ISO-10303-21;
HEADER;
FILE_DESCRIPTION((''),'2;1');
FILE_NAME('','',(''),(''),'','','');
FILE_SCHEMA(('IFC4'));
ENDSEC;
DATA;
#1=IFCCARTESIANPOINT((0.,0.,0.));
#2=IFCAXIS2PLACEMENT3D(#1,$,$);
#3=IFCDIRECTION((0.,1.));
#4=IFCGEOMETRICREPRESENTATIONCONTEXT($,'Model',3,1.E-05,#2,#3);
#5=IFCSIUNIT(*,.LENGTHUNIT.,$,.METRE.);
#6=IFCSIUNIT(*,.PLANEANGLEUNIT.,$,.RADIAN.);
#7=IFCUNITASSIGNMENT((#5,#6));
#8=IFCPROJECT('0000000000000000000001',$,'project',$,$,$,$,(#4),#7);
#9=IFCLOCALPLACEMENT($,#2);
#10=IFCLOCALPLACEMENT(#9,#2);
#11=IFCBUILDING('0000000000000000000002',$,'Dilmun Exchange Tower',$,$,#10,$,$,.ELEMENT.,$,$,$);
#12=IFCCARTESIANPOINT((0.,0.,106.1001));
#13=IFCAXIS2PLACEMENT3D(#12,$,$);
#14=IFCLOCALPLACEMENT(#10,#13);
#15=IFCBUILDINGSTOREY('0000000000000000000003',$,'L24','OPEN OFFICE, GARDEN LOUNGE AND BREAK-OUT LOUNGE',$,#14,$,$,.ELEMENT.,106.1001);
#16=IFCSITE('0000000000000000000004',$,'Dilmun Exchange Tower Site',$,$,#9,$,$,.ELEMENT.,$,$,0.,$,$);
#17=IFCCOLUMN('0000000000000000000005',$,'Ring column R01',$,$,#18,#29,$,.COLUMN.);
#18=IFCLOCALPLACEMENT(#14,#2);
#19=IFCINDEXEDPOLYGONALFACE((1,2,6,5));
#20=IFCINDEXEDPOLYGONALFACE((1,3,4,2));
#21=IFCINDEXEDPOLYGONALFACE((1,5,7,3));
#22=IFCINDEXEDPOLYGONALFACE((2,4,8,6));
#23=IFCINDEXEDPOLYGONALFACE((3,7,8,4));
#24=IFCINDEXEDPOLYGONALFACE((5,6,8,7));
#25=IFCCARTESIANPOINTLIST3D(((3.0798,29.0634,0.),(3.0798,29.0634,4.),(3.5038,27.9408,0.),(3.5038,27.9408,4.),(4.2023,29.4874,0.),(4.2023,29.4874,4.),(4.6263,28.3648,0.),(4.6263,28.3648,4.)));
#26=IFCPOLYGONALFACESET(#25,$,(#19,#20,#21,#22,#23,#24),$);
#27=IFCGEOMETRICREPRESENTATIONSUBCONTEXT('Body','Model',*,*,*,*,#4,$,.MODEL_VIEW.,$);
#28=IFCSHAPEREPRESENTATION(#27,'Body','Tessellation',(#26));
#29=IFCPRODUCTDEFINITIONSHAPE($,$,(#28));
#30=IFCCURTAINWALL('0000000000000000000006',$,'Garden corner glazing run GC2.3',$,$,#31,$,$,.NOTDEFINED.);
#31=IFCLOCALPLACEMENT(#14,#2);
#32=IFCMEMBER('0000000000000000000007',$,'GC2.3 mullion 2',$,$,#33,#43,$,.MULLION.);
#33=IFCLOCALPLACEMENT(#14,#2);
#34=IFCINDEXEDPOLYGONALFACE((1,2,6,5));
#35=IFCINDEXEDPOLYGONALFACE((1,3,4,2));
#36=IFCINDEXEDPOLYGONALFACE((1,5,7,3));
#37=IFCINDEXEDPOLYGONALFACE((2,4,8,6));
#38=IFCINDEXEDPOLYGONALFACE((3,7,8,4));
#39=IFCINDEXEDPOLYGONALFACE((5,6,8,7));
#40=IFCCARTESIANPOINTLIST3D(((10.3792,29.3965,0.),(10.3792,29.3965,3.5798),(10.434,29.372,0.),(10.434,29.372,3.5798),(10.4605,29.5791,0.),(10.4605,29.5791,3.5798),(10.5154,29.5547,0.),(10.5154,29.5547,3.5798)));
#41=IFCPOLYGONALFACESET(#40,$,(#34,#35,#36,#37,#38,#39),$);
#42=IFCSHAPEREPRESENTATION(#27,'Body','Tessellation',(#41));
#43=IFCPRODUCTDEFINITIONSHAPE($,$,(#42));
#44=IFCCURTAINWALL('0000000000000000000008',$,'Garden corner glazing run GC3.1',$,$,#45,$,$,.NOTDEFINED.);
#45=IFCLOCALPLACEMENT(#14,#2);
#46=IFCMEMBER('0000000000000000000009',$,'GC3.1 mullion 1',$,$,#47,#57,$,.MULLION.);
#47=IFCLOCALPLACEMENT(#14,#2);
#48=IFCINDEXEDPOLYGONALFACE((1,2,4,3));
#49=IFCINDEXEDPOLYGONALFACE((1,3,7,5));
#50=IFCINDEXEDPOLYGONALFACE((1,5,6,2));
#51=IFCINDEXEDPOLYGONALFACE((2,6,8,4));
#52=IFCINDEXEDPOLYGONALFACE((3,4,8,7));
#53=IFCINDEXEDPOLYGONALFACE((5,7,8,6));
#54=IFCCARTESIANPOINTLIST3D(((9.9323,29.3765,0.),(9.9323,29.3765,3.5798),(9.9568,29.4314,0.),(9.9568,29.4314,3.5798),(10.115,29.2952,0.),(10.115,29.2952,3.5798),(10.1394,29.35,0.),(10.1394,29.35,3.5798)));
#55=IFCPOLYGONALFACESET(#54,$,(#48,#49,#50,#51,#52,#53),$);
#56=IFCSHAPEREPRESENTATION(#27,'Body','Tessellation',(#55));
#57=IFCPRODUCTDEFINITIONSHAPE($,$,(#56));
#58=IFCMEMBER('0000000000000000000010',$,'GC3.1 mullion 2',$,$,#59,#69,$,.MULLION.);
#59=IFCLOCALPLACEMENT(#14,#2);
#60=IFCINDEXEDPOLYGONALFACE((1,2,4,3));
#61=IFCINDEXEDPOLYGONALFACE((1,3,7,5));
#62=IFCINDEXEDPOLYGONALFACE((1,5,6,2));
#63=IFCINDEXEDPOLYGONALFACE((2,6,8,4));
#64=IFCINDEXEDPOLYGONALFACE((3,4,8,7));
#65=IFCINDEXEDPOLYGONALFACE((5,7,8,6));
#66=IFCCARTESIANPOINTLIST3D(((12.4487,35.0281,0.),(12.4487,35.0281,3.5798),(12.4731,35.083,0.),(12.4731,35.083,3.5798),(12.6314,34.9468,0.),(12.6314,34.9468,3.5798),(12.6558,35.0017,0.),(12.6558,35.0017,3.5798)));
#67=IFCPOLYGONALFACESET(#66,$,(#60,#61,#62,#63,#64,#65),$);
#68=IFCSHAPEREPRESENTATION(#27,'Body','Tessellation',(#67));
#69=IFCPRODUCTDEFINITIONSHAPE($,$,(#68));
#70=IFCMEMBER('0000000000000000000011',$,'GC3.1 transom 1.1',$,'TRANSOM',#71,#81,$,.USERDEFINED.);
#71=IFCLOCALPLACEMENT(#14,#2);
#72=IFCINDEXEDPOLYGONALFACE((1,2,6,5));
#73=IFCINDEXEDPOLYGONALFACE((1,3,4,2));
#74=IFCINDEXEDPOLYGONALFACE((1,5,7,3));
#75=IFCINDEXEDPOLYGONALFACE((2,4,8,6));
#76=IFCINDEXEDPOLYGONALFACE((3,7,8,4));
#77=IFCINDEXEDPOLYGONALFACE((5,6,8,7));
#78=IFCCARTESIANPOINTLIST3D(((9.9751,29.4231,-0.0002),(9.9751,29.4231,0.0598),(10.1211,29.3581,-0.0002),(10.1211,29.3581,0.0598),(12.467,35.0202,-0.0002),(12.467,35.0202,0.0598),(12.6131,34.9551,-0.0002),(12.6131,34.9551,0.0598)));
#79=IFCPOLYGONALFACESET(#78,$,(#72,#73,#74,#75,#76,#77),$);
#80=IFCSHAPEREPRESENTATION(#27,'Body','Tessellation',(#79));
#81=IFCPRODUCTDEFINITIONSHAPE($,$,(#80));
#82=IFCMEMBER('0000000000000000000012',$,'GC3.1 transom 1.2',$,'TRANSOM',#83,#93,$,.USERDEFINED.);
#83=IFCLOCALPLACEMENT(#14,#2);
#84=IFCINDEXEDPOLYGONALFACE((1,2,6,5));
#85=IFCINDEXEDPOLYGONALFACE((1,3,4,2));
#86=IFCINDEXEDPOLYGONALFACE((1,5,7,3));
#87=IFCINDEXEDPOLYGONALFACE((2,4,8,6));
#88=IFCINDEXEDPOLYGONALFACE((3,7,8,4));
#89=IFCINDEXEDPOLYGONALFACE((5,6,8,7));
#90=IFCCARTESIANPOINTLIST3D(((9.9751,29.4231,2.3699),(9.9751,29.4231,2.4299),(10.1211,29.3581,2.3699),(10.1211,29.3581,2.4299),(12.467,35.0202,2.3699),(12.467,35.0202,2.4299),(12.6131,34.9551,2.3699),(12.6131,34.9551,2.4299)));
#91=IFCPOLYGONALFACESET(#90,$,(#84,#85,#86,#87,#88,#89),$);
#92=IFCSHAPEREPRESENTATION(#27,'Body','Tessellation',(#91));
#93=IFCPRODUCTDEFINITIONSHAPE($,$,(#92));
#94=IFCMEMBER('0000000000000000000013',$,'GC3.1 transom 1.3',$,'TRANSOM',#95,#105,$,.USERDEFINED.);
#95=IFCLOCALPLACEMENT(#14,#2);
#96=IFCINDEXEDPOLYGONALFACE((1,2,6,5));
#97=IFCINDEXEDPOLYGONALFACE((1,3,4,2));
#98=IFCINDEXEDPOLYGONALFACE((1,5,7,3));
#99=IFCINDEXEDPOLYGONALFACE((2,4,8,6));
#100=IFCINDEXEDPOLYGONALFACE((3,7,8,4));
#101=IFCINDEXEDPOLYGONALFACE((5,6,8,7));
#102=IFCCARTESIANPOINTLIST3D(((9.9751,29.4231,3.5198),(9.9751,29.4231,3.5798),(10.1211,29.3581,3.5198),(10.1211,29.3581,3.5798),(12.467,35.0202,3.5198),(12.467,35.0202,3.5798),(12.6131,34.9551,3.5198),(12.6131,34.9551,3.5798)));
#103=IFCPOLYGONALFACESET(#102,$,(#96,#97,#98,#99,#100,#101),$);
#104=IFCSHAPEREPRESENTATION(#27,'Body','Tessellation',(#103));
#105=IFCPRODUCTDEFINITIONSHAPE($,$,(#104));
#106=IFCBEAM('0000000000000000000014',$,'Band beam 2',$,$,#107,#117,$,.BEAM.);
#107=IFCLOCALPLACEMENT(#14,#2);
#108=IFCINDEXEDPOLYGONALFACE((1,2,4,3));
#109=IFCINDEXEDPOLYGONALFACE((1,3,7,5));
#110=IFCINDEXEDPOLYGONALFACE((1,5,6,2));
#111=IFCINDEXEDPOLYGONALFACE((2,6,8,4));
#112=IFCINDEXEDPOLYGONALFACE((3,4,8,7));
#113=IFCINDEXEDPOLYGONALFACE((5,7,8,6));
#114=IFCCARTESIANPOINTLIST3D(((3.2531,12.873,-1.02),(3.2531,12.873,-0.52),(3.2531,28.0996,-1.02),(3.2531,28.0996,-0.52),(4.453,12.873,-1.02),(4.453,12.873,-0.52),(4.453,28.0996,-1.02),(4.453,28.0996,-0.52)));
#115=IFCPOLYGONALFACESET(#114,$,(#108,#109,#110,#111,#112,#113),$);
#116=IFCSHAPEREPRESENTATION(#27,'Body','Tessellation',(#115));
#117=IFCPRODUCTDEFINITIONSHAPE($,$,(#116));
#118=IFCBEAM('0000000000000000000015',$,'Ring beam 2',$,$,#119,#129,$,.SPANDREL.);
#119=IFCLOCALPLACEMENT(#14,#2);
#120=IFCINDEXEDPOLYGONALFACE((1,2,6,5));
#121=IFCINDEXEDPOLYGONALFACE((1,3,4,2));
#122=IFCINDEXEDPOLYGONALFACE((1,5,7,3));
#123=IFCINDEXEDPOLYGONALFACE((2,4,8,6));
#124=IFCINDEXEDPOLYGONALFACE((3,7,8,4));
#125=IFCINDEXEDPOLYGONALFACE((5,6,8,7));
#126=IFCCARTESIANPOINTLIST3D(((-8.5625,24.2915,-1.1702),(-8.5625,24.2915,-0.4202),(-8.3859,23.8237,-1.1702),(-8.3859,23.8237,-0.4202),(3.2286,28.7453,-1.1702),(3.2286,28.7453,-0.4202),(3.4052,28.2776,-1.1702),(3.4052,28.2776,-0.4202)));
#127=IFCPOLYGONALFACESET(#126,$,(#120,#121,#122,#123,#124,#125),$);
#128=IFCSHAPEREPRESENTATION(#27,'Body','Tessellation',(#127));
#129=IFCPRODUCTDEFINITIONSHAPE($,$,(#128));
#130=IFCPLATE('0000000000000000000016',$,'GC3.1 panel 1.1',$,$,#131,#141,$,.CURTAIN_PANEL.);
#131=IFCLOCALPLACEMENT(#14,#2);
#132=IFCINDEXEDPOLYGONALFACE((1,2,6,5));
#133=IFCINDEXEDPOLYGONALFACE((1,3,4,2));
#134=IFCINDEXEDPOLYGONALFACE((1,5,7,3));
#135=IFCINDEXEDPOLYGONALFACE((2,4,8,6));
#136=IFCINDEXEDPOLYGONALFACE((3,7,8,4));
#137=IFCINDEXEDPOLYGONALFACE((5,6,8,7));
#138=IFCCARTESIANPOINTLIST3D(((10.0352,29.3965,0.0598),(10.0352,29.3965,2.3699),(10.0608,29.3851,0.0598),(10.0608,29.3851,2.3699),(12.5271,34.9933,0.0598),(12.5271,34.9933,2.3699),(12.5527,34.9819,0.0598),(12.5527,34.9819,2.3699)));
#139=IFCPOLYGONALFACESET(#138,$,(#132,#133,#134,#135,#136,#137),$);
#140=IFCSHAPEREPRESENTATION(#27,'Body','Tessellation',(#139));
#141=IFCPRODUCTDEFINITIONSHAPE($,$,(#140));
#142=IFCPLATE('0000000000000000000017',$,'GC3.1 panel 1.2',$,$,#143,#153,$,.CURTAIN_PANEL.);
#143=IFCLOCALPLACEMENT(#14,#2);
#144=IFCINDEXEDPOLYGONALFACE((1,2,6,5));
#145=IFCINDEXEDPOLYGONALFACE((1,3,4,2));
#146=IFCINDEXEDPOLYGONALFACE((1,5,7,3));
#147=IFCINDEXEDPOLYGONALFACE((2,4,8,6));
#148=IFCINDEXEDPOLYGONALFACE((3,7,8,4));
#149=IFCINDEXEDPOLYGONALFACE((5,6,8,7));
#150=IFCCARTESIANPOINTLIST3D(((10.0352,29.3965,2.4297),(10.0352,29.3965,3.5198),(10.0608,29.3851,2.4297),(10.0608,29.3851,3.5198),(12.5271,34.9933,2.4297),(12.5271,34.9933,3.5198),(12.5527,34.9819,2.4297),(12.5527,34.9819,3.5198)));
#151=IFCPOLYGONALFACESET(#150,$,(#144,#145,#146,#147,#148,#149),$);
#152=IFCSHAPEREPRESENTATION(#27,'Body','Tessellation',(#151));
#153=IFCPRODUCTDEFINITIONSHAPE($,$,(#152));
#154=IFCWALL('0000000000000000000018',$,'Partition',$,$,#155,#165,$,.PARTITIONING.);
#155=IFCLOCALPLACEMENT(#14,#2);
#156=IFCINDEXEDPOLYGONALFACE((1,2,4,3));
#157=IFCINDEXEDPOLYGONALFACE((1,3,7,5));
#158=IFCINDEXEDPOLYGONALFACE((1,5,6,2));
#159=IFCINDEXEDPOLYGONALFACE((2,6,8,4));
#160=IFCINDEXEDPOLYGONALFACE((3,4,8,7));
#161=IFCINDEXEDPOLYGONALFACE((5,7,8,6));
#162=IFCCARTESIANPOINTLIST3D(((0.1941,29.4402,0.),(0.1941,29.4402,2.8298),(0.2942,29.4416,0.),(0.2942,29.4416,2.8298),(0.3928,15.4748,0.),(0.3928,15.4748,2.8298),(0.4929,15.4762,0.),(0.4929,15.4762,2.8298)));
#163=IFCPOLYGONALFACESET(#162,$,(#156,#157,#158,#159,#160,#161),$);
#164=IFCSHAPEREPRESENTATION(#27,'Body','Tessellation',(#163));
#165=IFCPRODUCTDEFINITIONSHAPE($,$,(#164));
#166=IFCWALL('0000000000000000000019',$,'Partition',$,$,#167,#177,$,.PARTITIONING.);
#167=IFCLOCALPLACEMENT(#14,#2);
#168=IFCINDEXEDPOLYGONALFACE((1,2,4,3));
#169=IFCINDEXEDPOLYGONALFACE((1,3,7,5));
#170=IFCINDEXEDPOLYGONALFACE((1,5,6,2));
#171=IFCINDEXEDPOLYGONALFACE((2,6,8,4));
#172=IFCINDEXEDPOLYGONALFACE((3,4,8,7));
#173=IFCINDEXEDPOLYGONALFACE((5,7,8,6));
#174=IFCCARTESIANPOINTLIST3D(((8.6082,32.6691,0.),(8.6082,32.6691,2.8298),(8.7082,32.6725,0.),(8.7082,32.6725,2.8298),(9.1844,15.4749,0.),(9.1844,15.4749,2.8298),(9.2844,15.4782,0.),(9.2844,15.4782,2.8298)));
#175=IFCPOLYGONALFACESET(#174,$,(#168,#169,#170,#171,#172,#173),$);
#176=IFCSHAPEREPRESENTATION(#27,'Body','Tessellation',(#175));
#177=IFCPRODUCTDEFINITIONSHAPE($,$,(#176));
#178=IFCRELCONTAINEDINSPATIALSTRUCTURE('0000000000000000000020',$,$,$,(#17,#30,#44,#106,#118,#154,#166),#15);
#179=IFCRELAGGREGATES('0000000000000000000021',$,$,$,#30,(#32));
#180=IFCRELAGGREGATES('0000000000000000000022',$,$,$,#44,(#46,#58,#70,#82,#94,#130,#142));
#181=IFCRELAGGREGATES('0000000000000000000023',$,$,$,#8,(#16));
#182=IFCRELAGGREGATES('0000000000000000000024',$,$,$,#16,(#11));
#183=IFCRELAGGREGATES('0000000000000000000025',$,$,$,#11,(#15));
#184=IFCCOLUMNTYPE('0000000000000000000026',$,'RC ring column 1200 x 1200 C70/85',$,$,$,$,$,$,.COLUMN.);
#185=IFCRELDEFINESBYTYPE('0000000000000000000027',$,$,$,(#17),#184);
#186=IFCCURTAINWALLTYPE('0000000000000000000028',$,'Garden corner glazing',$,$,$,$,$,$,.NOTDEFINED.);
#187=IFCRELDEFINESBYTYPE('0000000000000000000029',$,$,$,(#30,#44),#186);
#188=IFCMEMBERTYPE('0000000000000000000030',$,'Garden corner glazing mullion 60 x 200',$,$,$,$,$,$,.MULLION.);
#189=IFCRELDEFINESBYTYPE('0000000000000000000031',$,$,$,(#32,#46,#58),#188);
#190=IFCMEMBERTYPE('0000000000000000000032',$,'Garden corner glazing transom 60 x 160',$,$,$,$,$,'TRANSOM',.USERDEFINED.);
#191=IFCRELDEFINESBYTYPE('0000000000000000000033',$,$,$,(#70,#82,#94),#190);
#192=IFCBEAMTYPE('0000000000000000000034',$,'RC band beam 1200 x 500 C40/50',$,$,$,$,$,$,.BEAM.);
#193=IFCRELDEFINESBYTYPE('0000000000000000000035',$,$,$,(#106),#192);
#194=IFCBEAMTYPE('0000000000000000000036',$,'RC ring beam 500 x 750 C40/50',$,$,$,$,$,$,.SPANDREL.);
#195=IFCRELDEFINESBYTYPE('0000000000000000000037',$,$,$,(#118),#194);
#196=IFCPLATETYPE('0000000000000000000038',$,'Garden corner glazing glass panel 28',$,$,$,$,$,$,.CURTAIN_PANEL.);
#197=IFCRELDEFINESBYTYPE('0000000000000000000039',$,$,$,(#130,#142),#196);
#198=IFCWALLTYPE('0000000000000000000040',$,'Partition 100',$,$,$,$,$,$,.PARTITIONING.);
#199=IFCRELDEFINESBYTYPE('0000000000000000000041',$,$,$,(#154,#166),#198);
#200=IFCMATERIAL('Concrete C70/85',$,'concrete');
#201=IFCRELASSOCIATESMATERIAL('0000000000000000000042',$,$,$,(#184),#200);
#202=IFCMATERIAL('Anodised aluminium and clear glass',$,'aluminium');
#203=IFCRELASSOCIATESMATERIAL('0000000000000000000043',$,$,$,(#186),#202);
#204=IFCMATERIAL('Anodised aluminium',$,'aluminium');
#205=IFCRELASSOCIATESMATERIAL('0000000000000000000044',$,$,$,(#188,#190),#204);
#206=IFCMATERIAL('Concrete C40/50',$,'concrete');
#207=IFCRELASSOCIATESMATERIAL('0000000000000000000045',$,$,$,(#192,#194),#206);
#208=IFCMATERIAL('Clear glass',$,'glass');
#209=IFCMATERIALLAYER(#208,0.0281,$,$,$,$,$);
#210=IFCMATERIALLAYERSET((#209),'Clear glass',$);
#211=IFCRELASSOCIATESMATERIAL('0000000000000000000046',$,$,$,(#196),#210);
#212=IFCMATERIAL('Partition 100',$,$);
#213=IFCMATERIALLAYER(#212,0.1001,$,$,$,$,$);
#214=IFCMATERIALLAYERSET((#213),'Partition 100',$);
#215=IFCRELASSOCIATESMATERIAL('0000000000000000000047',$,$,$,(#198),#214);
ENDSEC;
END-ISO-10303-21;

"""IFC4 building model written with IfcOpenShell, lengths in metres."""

from ifc_helpers import new_model, si_unit, direction, frame, frame_2d, origin, origin_2d, place, context, subcontext, project, spatial, rectangle, extrude, material, layer, layer_set, material_profile, profile_set, type_object, element, aggregate, save


model = new_model("IFC4")

# Units and contexts
model_context = context("Model", 3, precision=1e-05, world=origin(), true_north=direction((0.0, 1.0)))
body_context = subcontext(model_context, "Body", "Model", "MODEL_VIEW")
ifc_project = project(units=[si_unit("LENGTHUNIT", "METRE"), si_unit("PLANEANGLEUNIT", "RADIAN")], contexts=[model_context])

# Site, building, storey
site_placement = place(None, origin())
site = spatial("IfcSite", under=ifc_project, at=site_placement, Name="Dilmun Exchange Tower Site", CompositionType="ELEMENT", RefElevation=0.0)
building_placement = place(site_placement, origin())
building = spatial("IfcBuilding", under=site, at=building_placement, Name="Dilmun Exchange Tower", CompositionType="ELEMENT")
storey_placement = place(building_placement, frame((0.0, 0.0, 106.1001)))
storey = spatial("IfcBuildingStorey", under=building, at=storey_placement, Name="L24", Description="OPEN OFFICE, GARDEN LOUNGE AND BREAK-OUT LOUNGE", CompositionType="ELEMENT", Elevation=106.1001)

# Column
ifc_material_1 = material(Name="Concrete C70/85", Category="concrete")
ifc_material_profile_1 = material_profile(ifc_material_1, rectangle(XDim=1.2, YDim=1.2, at=origin_2d()), Name="1200 x 1200")
ifc_profile_set_1 = profile_set([ifc_material_profile_1], Name="Concrete C70/85")
column_type = type_object("IfcColumnType", Name="RC ring column 1200 x 1200 C70/85", PredefinedType="COLUMN", material=ifc_profile_set_1)
column_placement = place(storey_placement, frame((3.853, 28.7141, 0.0), z_axis=(0.0, 0.0, 1.0), x_axis=(0.935492, 0.353349, 0.0)))
element("IfcColumn", 1, at=column_placement, inside=storey, type_object=column_type, Name="Ring column R01", PredefinedType="COLUMN", context=body_context, shape_type="SweptSolid", body=[
    extrude(rectangle(XDim=1.2, YDim=1.2, at=origin_2d()), origin(), (0.0, 0.0, 1.0), 4.0),
])

# Curtain wall, member
ifc_material_2 = material(Name="Anodised aluminium and clear glass", Category="aluminium")
curtain_wall_type = type_object("IfcCurtainWallType", Name="Garden corner glazing", PredefinedType="NOTDEFINED", material=ifc_material_2)
curtain_wall_1_placement = place(storey_placement, origin())
curtain_wall_1 = element("IfcCurtainWall", 2, at=curtain_wall_1_placement, inside=storey, type_object=curtain_wall_type, Name="Garden corner glazing run GC2.3", PredefinedType="NOTDEFINED")
ifc_material_3 = material(Name="Anodised aluminium", Category="aluminium")
ifc_material_profile_2 = material_profile(ifc_material_3, rectangle(XDim=0.2, YDim=0.0601, at=origin_2d()), Name="AL 60x200")
ifc_profile_set_2 = profile_set([ifc_material_profile_2], Name="Anodised aluminium")
member_type_1 = type_object("IfcMemberType", Name="Garden corner glazing mullion 60 x 200", PredefinedType="MULLION", material=ifc_profile_set_2)
member_1_placement = place(storey_placement, frame((10.4473, 29.4756, 0.0), z_axis=(0.0, 0.0, 1.0), x_axis=(-0.406735, -0.913546, 0.0)))
member_1 = element("IfcMember", 3, at=member_1_placement, type_object=member_type_1, Name="GC2.3 mullion 2", PredefinedType="MULLION", context=body_context, shape_type="SweptSolid", body=[
    extrude(rectangle(XDim=0.2, YDim=0.0601, at=origin_2d()), origin(), (0.0, 0.0, 1.0), 3.5798),
])
aggregate(curtain_wall_1, [member_1])

# Curtain wall, members
curtain_wall_2_placement = place(storey_placement, origin())
curtain_wall_2 = element("IfcCurtainWall", 4, at=curtain_wall_2_placement, inside=storey, type_object=curtain_wall_type, Name="Garden corner glazing run GC3.1", PredefinedType="NOTDEFINED")
member_2_placement = place(storey_placement, frame((10.0359, 29.3633, 0.0), z_axis=(0.0, 0.0, 1.0), x_axis=(-0.913543, 0.406743, 0.0)))
member_2 = element("IfcMember", 5, at=member_2_placement, type_object=member_type_1, Name="GC3.1 mullion 1", PredefinedType="MULLION", context=body_context, shape_type="SweptSolid", body=[
    extrude(rectangle(XDim=0.2, YDim=0.0601, at=origin_2d()), origin(), (0.0, 0.0, 1.0), 3.5798),
])
member_3_placement = place(storey_placement, frame((12.5522, 35.0149, 0.0), z_axis=(0.0, 0.0, 1.0), x_axis=(-0.913543, 0.406743, 0.0)))
member_3 = element("IfcMember", 6, at=member_3_placement, type_object=member_type_1, Name="GC3.1 mullion 2", PredefinedType="MULLION", context=body_context, shape_type="SweptSolid", body=[
    extrude(rectangle(XDim=0.2, YDim=0.0601, at=origin_2d()), origin(), (0.0, 0.0, 1.0), 3.5798),
])
ifc_material_profile_3 = material_profile(ifc_material_3, rectangle(XDim=0.1599, YDim=0.0601, at=origin_2d()), Name="AL 60x160")
ifc_profile_set_3 = profile_set([ifc_material_profile_3], Name="Anodised aluminium")
member_type_2 = type_object("IfcMemberType", Name="Garden corner glazing transom 60 x 160", ElementType="TRANSOM", PredefinedType="USERDEFINED", material=ifc_profile_set_3)
member_4_placement = place(storey_placement, frame((10.0481, 29.3906, 0.0298), z_axis=(0.406741, 0.913543, 0.0), x_axis=(-0.913543, 0.406741, 0.0)))
member_4 = element("IfcMember", 7, at=member_4_placement, type_object=member_type_2, Name="GC3.1 transom 1.1", ObjectType="TRANSOM", PredefinedType="USERDEFINED", context=body_context, shape_type="SweptSolid", body=[
    extrude(rectangle(XDim=0.1599, YDim=0.0601, at=origin_2d()), origin(), (0.0, 0.0, 1.0), 6.1267),
])
member_5_placement = place(storey_placement, frame((10.0481, 29.3906, 2.3999), z_axis=(0.406741, 0.913543, 0.0), x_axis=(-0.913543, 0.406741, 0.0)))
member_5 = element("IfcMember", 8, at=member_5_placement, type_object=member_type_2, Name="GC3.1 transom 1.2", ObjectType="TRANSOM", PredefinedType="USERDEFINED", context=body_context, shape_type="SweptSolid", body=[
    extrude(rectangle(XDim=0.1599, YDim=0.0601, at=origin_2d()), origin(), (0.0, 0.0, 1.0), 6.1267),
])
member_6_placement = place(storey_placement, frame((10.0481, 29.3906, 3.5498), z_axis=(0.406741, 0.913543, 0.0), x_axis=(-0.913543, 0.406741, 0.0)))
member_6 = element("IfcMember", 9, at=member_6_placement, type_object=member_type_2, Name="GC3.1 transom 1.3", ObjectType="TRANSOM", PredefinedType="USERDEFINED", context=body_context, shape_type="SweptSolid", body=[
    extrude(rectangle(XDim=0.1599, YDim=0.0601, at=origin_2d()), origin(), (0.0, 0.0, 1.0), 6.1267),
])

# Beams
ifc_material_4 = material(Name="Concrete C40/50", Category="concrete")
ifc_material_profile_4 = material_profile(ifc_material_4, rectangle(XDim=1.2, YDim=0.5, at=origin_2d()), Name="1200 x 500")
ifc_profile_set_4 = profile_set([ifc_material_profile_4], Name="Concrete C40/50")
beam_type_1 = type_object("IfcBeamType", Name="RC band beam 1200 x 500 C40/50", PredefinedType="BEAM", material=ifc_profile_set_4)
beam_1_placement = place(storey_placement, frame((3.853, 28.0996, -0.77), z_axis=(0.0, -1.0, 0.0), x_axis=(1.0, 0.0, 0.0)))
element("IfcBeam", 10, at=beam_1_placement, inside=storey, type_object=beam_type_1, Name="Band beam 2", PredefinedType="BEAM", context=body_context, shape_type="SweptSolid", body=[
    extrude(rectangle(XDim=1.2, YDim=0.5, at=origin_2d()), origin(), (0.0, 0.0, 1.0), 15.2266),
])
ifc_material_profile_5 = material_profile(ifc_material_4, rectangle(XDim=0.5, YDim=0.75, at=origin_2d()), Name="500 x 750")
ifc_profile_set_5 = profile_set([ifc_material_profile_5], Name="Concrete C40/50")
beam_type_2 = type_object("IfcBeamType", Name="RC ring beam 500 x 750 C40/50", PredefinedType="SPANDREL", material=ifc_profile_set_5)
beam_2_placement = place(storey_placement, frame((3.3169, 28.5115, -0.7952), z_axis=(-0.935486, -0.353364, 0.0), x_axis=(0.353364, -0.935486, 0.0)))
element("IfcBeam", 11, at=beam_2_placement, inside=storey, type_object=beam_type_2, Name="Ring beam 2", PredefinedType="SPANDREL", context=body_context, shape_type="SweptSolid", body=[
    extrude(rectangle(XDim=0.5, YDim=0.75, at=origin_2d()), origin(), (0.0, 0.0, 1.0), 12.6042),
])

# Plates
ifc_material_5 = material(Name="Clear glass", Category="glass")
ifc_layer_1 = layer(ifc_material_5, 0.0281)
ifc_layer_set_1 = layer_set([ifc_layer_1], Name="Clear glass")
plate_type = type_object("IfcPlateType", Name="Garden corner glazing glass panel 28", PredefinedType="CURTAIN_PANEL", material=ifc_layer_set_1)
plate_1_placement = place(storey_placement, frame((11.2939, 32.1892, 0.0598), z_axis=(0.0, 0.0, 1.0), x_axis=(0.406743, 0.913543, 0.0)))
plate_1 = element("IfcPlate", 12, at=plate_1_placement, type_object=plate_type, Name="GC3.1 panel 1.1", PredefinedType="CURTAIN_PANEL", context=body_context, shape_type="SweptSolid", body=[
    extrude(rectangle(XDim=6.1265, YDim=0.0281, at=origin_2d()), origin(), (0.0, 0.0, 1.0), 2.3101),
])
plate_2_placement = place(storey_placement, frame((11.2939, 32.1892, 2.4297), z_axis=(0.0, 0.0, 1.0), x_axis=(0.406743, 0.913543, 0.0)))
plate_2 = element("IfcPlate", 13, at=plate_2_placement, type_object=plate_type, Name="GC3.1 panel 1.2", PredefinedType="CURTAIN_PANEL", context=body_context, shape_type="SweptSolid", body=[
    extrude(rectangle(XDim=6.1265, YDim=0.0281, at=origin_2d()), origin(), (0.0, 0.0, 1.0), 1.0901),
])
aggregate(curtain_wall_2, [member_2, member_3, member_4, member_5, member_6, plate_1, plate_2])

# Walls
ifc_material_6 = material(Name="Partition 100")
ifc_layer_2 = layer(ifc_material_6, 0.1001)
ifc_layer_set_2 = layer_set([ifc_layer_2], Name="Partition 100")
wall_type = type_object("IfcWallType", Name="Partition 100", PredefinedType="PARTITIONING", material=ifc_layer_set_2)
wall_1_placement = place(storey_placement, frame((0.2441, 29.4409, 0.0), z_axis=(0.0, 0.0, 1.0), x_axis=(0.014229, -0.999899, 0.0)))
element("IfcWall", 14, at=wall_1_placement, inside=storey, type_object=wall_type, Name="Partition", PredefinedType="PARTITIONING", context=body_context, shape_type="SweptSolid", body=[
    extrude(rectangle(XDim=13.9668, YDim=0.1001, at=frame_2d((6.9834, 0.0))), origin(), (0.0, 0.0, 1.0), 2.8298),
])
wall_2_placement = place(storey_placement, frame((8.6582, 32.6709, 0.0), z_axis=(0.0, 0.0, 1.0), x_axis=(0.033491, -0.999439, 0.0)))
element("IfcWall", 15, at=wall_2_placement, inside=storey, type_object=wall_type, Name="Partition", PredefinedType="PARTITIONING", context=body_context, shape_type="SweptSolid", body=[
    extrude(rectangle(XDim=17.2039, YDim=0.1001, at=frame_2d((8.6021, 0.0))), origin(), (0.0, 0.0, 1.0), 2.8298),
])

save(model, "model.ifc")
